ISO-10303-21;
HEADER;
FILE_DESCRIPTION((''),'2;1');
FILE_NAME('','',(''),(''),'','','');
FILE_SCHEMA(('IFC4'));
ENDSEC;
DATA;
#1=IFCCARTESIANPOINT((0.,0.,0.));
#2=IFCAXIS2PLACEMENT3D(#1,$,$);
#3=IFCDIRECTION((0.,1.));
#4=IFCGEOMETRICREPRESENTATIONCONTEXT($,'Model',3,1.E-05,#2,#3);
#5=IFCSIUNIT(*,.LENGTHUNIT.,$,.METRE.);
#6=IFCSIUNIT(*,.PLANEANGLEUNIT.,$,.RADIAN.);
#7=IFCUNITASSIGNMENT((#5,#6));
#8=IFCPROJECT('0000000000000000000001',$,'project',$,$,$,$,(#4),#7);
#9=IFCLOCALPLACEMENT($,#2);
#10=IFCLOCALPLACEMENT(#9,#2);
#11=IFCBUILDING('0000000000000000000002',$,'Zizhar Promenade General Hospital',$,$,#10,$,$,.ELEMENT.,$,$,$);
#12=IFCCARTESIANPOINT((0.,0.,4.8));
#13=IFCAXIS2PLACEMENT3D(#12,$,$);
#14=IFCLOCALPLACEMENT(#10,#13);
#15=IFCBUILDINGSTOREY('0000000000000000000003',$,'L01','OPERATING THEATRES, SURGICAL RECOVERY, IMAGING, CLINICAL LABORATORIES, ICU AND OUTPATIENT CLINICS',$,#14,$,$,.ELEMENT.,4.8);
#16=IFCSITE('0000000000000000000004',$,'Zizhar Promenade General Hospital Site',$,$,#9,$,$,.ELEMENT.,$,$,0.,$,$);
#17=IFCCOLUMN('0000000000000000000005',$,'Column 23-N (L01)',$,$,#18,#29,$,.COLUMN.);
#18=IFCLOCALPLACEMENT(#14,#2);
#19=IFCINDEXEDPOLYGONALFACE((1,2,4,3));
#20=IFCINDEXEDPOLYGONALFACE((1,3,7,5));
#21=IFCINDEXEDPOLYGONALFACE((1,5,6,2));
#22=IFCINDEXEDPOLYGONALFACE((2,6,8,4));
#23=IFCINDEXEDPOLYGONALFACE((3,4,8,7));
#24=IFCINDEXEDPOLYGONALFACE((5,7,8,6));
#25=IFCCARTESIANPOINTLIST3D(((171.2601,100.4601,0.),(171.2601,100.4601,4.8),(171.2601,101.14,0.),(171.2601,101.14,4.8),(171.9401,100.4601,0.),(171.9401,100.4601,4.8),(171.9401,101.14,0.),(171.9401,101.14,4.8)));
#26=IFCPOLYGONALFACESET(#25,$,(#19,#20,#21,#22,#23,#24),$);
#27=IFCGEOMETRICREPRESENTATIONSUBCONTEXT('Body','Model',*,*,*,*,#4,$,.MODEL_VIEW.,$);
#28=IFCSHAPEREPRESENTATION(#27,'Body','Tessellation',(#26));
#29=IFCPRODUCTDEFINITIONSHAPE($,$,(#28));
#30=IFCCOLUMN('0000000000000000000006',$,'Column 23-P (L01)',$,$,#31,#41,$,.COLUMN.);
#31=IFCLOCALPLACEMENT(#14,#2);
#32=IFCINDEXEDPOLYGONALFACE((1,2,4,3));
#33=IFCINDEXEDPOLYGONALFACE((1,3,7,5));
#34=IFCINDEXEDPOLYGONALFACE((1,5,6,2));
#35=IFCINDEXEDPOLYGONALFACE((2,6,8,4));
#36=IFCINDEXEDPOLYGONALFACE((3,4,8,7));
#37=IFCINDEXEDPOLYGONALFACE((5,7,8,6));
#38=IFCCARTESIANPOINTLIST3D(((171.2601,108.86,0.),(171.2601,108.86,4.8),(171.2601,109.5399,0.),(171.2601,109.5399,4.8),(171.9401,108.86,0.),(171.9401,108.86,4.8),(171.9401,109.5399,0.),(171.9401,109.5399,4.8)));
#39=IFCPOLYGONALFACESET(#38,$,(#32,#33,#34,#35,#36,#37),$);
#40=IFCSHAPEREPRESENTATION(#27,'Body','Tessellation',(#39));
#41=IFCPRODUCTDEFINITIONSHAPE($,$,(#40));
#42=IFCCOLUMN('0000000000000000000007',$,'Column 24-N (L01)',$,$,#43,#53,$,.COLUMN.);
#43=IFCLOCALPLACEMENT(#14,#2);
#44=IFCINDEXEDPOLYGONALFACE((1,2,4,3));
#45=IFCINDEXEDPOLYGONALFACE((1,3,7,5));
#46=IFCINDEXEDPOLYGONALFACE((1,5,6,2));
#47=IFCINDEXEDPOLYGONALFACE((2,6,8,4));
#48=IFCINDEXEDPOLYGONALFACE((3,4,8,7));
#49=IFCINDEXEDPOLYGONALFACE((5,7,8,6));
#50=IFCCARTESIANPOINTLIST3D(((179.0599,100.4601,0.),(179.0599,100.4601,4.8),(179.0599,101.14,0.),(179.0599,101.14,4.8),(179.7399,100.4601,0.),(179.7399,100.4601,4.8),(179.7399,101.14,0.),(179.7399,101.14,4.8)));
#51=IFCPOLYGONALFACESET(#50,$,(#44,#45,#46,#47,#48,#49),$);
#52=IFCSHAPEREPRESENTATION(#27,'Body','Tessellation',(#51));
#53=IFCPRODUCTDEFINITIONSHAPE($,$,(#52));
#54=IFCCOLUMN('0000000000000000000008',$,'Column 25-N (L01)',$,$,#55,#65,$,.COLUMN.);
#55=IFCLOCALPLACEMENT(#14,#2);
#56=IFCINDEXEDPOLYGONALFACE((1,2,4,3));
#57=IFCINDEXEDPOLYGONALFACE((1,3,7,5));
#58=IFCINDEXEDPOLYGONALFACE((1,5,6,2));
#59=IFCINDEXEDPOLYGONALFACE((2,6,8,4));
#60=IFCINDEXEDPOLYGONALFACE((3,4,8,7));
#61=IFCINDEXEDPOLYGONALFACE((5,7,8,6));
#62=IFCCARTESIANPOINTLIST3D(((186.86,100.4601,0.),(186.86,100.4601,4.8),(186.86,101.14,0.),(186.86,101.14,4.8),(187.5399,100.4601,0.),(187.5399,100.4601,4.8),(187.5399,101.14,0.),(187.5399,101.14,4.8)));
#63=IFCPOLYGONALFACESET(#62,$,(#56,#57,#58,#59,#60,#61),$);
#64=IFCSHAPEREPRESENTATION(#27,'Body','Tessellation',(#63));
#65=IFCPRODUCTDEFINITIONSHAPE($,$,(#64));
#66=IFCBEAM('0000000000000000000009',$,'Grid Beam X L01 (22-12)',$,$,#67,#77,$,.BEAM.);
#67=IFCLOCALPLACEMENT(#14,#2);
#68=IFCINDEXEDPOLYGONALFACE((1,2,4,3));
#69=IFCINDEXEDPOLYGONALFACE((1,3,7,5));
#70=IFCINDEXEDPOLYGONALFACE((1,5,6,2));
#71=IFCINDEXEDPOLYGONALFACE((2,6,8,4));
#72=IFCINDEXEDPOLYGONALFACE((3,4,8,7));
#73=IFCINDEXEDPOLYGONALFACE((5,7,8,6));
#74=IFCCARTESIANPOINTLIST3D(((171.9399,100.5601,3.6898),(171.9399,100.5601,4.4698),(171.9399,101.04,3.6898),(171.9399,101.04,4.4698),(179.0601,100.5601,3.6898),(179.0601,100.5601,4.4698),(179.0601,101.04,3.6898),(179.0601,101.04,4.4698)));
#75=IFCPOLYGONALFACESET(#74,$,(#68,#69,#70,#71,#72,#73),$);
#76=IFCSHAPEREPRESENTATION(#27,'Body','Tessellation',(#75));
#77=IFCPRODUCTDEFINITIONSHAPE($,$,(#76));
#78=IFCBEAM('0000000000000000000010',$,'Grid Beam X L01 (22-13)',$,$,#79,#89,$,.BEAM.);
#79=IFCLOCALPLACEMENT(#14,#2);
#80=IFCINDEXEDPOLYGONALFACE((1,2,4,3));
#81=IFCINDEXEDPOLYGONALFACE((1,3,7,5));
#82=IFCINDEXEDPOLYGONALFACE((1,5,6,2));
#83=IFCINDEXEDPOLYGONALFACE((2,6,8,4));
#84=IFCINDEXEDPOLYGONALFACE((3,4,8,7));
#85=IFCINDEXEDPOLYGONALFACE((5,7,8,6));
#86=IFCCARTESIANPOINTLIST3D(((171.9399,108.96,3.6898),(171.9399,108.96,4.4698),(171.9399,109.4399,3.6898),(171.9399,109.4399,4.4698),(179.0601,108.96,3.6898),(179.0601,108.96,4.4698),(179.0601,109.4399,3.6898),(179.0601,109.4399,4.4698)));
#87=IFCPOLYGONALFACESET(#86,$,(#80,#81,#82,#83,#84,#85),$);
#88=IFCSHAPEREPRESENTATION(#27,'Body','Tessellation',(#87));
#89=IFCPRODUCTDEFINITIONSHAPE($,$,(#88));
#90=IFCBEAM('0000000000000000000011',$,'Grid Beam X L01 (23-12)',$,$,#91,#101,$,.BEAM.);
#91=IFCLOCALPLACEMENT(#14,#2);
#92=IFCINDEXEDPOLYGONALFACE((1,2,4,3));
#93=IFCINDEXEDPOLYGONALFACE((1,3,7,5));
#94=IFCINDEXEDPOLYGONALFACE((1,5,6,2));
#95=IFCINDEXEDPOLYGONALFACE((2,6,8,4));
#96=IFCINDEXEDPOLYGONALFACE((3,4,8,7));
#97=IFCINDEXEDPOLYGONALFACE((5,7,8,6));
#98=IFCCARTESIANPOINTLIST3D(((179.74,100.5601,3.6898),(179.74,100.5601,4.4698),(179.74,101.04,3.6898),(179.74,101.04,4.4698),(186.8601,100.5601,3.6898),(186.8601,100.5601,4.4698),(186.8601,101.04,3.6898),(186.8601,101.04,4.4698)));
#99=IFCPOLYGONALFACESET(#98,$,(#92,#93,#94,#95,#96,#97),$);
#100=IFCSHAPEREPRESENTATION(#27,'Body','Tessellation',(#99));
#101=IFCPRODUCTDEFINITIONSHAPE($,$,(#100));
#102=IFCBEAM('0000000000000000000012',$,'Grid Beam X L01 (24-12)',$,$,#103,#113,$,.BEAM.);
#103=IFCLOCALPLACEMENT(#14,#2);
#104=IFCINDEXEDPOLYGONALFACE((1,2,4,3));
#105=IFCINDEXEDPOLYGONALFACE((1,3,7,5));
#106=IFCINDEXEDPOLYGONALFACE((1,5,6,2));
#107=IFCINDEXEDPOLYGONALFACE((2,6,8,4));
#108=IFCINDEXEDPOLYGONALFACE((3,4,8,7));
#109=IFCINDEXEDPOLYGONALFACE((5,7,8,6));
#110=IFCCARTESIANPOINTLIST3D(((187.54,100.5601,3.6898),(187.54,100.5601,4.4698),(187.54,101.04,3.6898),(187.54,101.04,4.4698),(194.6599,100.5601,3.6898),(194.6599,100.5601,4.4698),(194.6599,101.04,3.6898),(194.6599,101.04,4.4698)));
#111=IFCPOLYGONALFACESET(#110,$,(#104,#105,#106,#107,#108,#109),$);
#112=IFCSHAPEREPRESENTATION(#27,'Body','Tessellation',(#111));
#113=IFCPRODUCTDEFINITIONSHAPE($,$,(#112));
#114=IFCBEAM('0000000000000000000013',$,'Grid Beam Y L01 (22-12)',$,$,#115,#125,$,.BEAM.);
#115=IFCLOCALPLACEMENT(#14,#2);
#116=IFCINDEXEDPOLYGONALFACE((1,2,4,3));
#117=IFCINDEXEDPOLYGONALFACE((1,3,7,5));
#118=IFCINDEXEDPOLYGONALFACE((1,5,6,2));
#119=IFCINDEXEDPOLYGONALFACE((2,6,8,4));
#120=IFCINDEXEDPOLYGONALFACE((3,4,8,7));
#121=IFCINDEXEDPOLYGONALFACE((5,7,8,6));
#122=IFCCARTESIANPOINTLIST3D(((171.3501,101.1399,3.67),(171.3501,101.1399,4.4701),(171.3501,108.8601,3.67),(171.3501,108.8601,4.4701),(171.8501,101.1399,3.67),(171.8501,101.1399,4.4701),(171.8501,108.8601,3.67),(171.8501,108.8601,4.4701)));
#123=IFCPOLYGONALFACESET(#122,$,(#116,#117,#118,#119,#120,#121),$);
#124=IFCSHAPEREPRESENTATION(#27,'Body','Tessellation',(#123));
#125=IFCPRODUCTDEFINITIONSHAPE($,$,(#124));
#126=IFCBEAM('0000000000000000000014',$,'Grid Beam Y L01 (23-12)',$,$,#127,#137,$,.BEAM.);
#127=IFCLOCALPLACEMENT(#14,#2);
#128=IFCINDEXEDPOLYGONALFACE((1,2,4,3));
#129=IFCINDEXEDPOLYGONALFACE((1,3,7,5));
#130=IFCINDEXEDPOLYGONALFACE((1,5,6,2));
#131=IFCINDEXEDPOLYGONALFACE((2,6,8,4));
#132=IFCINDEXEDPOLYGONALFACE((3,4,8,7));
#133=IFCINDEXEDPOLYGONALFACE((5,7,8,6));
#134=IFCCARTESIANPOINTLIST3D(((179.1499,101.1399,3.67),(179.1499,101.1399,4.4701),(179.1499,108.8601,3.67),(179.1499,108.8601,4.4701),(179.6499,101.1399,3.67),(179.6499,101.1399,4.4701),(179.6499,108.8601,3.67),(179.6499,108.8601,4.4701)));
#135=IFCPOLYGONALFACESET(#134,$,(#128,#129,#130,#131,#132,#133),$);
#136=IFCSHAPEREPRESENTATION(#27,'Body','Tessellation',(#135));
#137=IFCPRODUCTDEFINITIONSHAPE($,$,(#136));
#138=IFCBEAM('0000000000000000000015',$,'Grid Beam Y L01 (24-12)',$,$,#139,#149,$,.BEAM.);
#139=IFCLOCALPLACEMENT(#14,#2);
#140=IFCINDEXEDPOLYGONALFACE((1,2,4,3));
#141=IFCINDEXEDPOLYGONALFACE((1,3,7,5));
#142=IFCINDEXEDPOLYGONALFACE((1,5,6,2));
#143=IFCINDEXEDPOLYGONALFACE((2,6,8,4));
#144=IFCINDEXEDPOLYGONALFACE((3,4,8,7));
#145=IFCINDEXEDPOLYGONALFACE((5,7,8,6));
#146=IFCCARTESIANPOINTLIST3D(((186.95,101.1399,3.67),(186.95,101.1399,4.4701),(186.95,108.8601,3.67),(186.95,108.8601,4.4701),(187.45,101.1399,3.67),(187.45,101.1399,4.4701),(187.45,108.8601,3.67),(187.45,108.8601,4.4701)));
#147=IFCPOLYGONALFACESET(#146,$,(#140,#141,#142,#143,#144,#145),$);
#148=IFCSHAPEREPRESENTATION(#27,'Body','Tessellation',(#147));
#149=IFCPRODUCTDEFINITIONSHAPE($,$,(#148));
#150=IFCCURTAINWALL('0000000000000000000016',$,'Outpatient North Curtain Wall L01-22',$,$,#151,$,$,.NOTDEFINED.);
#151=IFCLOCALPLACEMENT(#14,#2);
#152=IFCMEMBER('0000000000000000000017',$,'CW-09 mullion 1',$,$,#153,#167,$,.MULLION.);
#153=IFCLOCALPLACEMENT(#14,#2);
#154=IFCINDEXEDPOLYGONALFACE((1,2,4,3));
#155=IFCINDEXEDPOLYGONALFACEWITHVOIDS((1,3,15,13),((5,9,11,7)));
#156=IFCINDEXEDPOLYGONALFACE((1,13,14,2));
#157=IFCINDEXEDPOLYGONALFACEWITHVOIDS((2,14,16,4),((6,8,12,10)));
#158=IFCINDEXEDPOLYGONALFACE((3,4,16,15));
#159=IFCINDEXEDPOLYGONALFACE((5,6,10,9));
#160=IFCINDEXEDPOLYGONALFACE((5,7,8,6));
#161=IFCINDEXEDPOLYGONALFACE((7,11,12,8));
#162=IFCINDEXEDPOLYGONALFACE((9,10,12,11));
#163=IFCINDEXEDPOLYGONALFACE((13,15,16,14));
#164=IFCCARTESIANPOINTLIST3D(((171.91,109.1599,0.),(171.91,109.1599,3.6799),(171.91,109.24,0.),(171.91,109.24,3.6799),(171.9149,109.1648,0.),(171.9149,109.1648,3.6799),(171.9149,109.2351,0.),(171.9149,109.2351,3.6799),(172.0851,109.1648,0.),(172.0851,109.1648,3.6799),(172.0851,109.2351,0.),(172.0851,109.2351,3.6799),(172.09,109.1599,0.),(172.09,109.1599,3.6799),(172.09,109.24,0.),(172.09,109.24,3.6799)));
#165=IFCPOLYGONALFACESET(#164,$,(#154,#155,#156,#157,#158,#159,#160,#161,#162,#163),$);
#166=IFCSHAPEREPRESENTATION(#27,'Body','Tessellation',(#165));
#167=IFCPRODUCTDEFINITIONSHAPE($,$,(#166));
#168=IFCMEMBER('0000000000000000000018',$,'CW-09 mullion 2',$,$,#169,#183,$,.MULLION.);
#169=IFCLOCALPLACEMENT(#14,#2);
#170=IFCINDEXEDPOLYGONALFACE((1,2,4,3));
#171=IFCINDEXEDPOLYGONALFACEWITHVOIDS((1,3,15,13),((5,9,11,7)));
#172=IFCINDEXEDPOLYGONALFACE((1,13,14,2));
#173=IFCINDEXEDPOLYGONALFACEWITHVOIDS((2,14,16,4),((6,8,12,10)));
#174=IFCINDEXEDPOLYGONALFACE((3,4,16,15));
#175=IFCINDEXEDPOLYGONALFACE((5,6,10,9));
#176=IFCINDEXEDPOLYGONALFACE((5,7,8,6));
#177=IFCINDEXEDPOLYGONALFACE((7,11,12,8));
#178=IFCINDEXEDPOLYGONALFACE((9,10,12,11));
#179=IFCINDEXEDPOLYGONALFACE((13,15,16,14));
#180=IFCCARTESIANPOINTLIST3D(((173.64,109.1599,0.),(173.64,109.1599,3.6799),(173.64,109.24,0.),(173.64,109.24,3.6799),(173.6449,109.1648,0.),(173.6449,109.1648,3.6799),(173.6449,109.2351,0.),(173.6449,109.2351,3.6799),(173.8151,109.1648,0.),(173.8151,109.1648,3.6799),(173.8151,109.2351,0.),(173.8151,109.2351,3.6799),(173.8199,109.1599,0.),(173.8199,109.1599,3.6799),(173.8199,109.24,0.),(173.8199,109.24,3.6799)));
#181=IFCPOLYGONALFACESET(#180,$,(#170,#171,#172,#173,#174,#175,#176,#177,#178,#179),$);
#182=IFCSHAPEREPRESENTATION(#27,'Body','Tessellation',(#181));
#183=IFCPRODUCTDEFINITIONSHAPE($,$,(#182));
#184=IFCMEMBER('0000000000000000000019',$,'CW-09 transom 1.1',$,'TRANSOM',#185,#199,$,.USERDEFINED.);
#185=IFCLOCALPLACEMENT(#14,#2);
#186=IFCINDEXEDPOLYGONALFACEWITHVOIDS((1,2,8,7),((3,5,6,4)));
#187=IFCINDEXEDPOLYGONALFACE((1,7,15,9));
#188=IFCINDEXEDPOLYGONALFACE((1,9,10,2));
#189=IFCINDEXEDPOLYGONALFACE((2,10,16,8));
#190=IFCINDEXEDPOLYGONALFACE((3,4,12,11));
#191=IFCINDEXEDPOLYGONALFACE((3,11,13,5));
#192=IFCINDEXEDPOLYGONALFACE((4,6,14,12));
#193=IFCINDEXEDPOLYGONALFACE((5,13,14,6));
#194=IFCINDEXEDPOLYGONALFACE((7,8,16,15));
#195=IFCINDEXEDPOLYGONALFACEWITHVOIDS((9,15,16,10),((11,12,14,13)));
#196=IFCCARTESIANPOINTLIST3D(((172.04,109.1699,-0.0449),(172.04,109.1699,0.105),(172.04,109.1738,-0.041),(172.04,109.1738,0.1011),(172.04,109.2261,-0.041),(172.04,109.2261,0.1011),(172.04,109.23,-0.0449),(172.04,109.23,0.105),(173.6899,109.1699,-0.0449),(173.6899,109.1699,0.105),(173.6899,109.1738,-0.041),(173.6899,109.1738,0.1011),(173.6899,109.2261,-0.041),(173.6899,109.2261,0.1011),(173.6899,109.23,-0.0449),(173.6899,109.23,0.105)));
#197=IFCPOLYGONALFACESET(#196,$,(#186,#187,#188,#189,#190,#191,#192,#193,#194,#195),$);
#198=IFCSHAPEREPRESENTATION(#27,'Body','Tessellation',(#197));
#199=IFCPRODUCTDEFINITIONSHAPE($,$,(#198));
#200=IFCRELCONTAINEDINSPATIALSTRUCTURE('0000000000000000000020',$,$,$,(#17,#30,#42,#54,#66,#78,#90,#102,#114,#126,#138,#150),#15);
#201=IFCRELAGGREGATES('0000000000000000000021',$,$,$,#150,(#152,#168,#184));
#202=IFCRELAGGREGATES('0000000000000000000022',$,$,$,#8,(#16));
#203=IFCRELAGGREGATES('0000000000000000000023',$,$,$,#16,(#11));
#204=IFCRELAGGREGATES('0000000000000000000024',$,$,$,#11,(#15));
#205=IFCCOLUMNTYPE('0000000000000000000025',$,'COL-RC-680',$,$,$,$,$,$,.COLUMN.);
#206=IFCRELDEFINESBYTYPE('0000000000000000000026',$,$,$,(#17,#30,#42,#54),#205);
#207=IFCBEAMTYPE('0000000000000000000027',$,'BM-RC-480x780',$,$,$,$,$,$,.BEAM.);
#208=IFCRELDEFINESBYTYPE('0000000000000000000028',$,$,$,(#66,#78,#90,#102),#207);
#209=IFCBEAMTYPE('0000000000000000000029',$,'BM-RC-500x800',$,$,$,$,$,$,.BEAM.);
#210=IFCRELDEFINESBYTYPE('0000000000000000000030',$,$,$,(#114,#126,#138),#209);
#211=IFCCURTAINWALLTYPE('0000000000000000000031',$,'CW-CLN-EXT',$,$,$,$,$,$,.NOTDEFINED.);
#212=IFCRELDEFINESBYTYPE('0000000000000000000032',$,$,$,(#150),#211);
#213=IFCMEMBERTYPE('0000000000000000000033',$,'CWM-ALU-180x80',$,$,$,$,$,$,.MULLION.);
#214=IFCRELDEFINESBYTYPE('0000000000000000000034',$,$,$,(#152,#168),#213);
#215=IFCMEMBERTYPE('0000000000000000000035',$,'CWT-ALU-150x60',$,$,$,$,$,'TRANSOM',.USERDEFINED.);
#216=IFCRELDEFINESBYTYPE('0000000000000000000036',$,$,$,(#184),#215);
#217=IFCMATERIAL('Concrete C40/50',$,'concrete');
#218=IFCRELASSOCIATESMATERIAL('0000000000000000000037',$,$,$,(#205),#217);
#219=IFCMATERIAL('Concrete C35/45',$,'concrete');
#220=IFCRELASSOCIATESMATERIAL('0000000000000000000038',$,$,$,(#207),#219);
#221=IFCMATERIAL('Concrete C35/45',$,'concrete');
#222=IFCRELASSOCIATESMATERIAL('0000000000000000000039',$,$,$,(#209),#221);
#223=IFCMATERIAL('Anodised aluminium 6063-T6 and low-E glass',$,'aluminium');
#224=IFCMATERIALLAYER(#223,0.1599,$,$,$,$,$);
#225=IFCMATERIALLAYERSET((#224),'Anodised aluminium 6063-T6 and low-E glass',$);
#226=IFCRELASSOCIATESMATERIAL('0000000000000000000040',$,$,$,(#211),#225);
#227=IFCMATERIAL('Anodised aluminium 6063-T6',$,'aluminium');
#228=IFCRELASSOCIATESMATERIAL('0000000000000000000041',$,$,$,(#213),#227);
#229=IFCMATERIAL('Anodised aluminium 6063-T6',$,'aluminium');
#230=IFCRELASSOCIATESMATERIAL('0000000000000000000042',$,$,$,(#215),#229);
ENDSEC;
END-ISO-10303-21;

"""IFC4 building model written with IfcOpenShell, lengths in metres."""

from ifc_helpers import new_model, si_unit, direction, frame, origin, origin_2d, place, context, subcontext, project, spatial, rectangle, hollow_rectangle, extrude, material, layer, layer_set, material_profile, profile_set, type_object, element, aggregate, save


model = new_model("IFC4")

# Units and contexts
model_context = context("Model", 3, precision=1e-05, world=origin(), true_north=direction((0.0, 1.0)))
body_context = subcontext(model_context, "Body", "Model", "MODEL_VIEW")
ifc_project = project(units=[si_unit("LENGTHUNIT", "METRE"), si_unit("PLANEANGLEUNIT", "RADIAN")], contexts=[model_context])

# Site, building, storey
site_placement = place(None, origin())
site = spatial("IfcSite", under=ifc_project, at=site_placement, Name="Zizhar Promenade General Hospital Site", CompositionType="ELEMENT", RefElevation=0.0)
building_placement = place(site_placement, origin())
building = spatial("IfcBuilding", under=site, at=building_placement, Name="Zizhar Promenade General Hospital", CompositionType="ELEMENT")
storey_placement = place(building_placement, frame((0.0, 0.0, 4.8)))
storey = spatial("IfcBuildingStorey", under=building, at=storey_placement, Name="L01", Description="OPERATING THEATRES, SURGICAL RECOVERY, IMAGING, CLINICAL LABORATORIES, ICU AND OUTPATIENT CLINICS", CompositionType="ELEMENT", Elevation=4.8)

# Columns
ifc_material_1 = material(Name="Concrete C40/50", Category="concrete")
ifc_material_profile_1 = material_profile(ifc_material_1, rectangle(XDim=0.6799, YDim=0.6799, at=origin_2d()))
ifc_profile_set_1 = profile_set([ifc_material_profile_1], Name="Concrete C40/50")
column_type = type_object("IfcColumnType", Name="COL-RC-680", PredefinedType="COLUMN", material=ifc_profile_set_1)
for number, where, z_axis, x_axis, name in (
    (1, (171.6001, 100.8, 0.0), (0.0, 0.0, 1.0), (1.0, 0.0, 0.0), "Column 23-N (L01)"),
    (2, (171.6001, 109.2, 0.0), (0.0, 0.0, 1.0), (1.0, 0.0, 0.0), "Column 23-P (L01)"),
    (3, (179.3999, 100.8, 0.0), (0.0, 0.0, 1.0), (1.0, 0.0, 0.0), "Column 24-N (L01)"),
    (4, (187.2, 100.8, 0.0), (0.0, 0.0, 1.0), (1.0, 0.0, 0.0), "Column 25-N (L01)"),
):
    element("IfcColumn", number, at=place(storey_placement, frame(where, z_axis=z_axis, x_axis=x_axis)), inside=storey, type_object=column_type, Name=name, PredefinedType="COLUMN", context=body_context, shape_type="SweptSolid", body=[
        extrude(rectangle(XDim=0.6799, YDim=0.6799, at=origin_2d()), origin(), (0.0, 0.0, 1.0), 4.8),
    ])

# Beams
ifc_material_2 = material(Name="Concrete C35/45", Category="concrete")
ifc_material_profile_2 = material_profile(ifc_material_2, rectangle(XDim=0.48, YDim=0.78, at=origin_2d()))
ifc_profile_set_2 = profile_set([ifc_material_profile_2], Name="Concrete C35/45")
beam_type_1 = type_object("IfcBeamType", Name="BM-RC-480x780", PredefinedType="BEAM", material=ifc_profile_set_2)
for number, where, z_axis, x_axis, name in (
    (5, (171.9399, 100.8, 4.0798), (1.0, 0.0, 0.0), (0.0, 1.0, 0.0), "Grid Beam X L01 (22-12)"),
    (6, (171.9399, 109.2, 4.0798), (1.0, 0.0, 0.0), (0.0, 1.0, 0.0), "Grid Beam X L01 (22-13)"),
    (7, (179.74, 100.8, 4.0798), (1.0, 0.0, 0.0), (0.0, 1.0, 0.0), "Grid Beam X L01 (23-12)"),
):
    element("IfcBeam", number, at=place(storey_placement, frame(where, z_axis=z_axis, x_axis=x_axis)), inside=storey, type_object=beam_type_1, Name=name, PredefinedType="BEAM", context=body_context, shape_type="SweptSolid", body=[
        extrude(rectangle(XDim=0.48, YDim=0.78, at=origin_2d()), origin(), (0.0, 0.0, 1.0), 7.1201),
    ])
beam_placement = place(storey_placement, frame((187.54, 100.8, 4.0798), z_axis=(1.0, 0.0, 0.0), x_axis=(0.0, 1.0, 0.0)))
element("IfcBeam", 8, at=beam_placement, inside=storey, type_object=beam_type_1, Name="Grid Beam X L01 (24-12)", PredefinedType="BEAM", context=body_context, shape_type="SweptSolid", body=[
    extrude(rectangle(XDim=0.48, YDim=0.78, at=origin_2d()), origin(), (0.0, 0.0, 1.0), 7.1199),
])
ifc_material_3 = material(Name="Concrete C35/45", Category="concrete")
ifc_material_profile_3 = material_profile(ifc_material_3, rectangle(XDim=0.5, YDim=0.8, at=origin_2d()))
ifc_profile_set_3 = profile_set([ifc_material_profile_3], Name="Concrete C35/45")
beam_type_2 = type_object("IfcBeamType", Name="BM-RC-500x800", PredefinedType="BEAM", material=ifc_profile_set_3)
for number, where, z_axis, x_axis, name in (
    (9, (171.6001, 101.1399, 4.0701), (0.0, 1.0, 0.0), (-1.0, 0.0, 0.0), "Grid Beam Y L01 (22-12)"),
    (10, (179.3999, 101.1399, 4.0701), (0.0, 1.0, 0.0), (-1.0, 0.0, 0.0), "Grid Beam Y L01 (23-12)"),
    (11, (187.2, 101.1399, 4.0701), (0.0, 1.0, 0.0), (-1.0, 0.0, 0.0), "Grid Beam Y L01 (24-12)"),
):
    element("IfcBeam", number, at=place(storey_placement, frame(where, z_axis=z_axis, x_axis=x_axis)), inside=storey, type_object=beam_type_2, Name=name, PredefinedType="BEAM", context=body_context, shape_type="SweptSolid", body=[
        extrude(rectangle(XDim=0.5, YDim=0.8, at=origin_2d()), origin(), (0.0, 0.0, 1.0), 7.7202),
    ])

# Curtain wall, members
ifc_material_4 = material(Name="Anodised aluminium 6063-T6 and low-E glass", Category="aluminium")
ifc_layer_1 = layer(ifc_material_4, 0.1599)
ifc_layer_set_1 = layer_set([ifc_layer_1], Name="Anodised aluminium 6063-T6 and low-E glass")
curtain_wall_type = type_object("IfcCurtainWallType", Name="CW-CLN-EXT", PredefinedType="NOTDEFINED", material=ifc_layer_set_1)
curtain_wall_placement = place(storey_placement, origin())
curtain_wall = element("IfcCurtainWall", 12, at=curtain_wall_placement, inside=storey, type_object=curtain_wall_type, Name="Outpatient North Curtain Wall L01-22", PredefinedType="NOTDEFINED")
ifc_material_5 = material(Name="Anodised aluminium 6063-T6", Category="aluminium")
ifc_material_profile_4 = material_profile(ifc_material_5, hollow_rectangle(XDim=0.0801, YDim=0.1799, WallThickness=0.0049, at=origin_2d()))
ifc_profile_set_4 = profile_set([ifc_material_profile_4], Name="Anodised aluminium 6063-T6")
member_type_1 = type_object("IfcMemberType", Name="CWM-ALU-180x80", PredefinedType="MULLION", material=ifc_profile_set_4)
member_1_placement = place(storey_placement, frame((172.0, 109.2, 0.0), z_axis=(0.0, 0.0, 1.0), x_axis=(0.0, 1.0, 0.0)))
member_1 = element("IfcMember", 13, at=member_1_placement, type_object=member_type_1, Name="CW-09 mullion 1", PredefinedType="MULLION", context=body_context, shape_type="SweptSolid", body=[
    extrude(hollow_rectangle(XDim=0.0801, YDim=0.1799, WallThickness=0.0049, at=origin_2d()), origin(), (0.0, 0.0, 1.0), 3.6799),
])
member_2_placement = place(storey_placement, frame((173.73, 109.2, 0.0), z_axis=(0.0, 0.0, 1.0), x_axis=(0.0, 1.0, 0.0)))
member_2 = element("IfcMember", 14, at=member_2_placement, type_object=member_type_1, Name="CW-09 mullion 2", PredefinedType="MULLION", context=body_context, shape_type="SweptSolid", body=[
    extrude(hollow_rectangle(XDim=0.0801, YDim=0.1799, WallThickness=0.0049, at=origin_2d()), origin(), (0.0, 0.0, 1.0), 3.6799),
])
ifc_material_6 = material(Name="Anodised aluminium 6063-T6", Category="aluminium")
ifc_material_profile_5 = material_profile(ifc_material_6, hollow_rectangle(XDim=0.0601, YDim=0.1499, WallThickness=0.0039, at=origin_2d()))
ifc_profile_set_5 = profile_set([ifc_material_profile_5], Name="Anodised aluminium 6063-T6")
member_type_2 = type_object("IfcMemberType", Name="CWT-ALU-150x60", ElementType="TRANSOM", PredefinedType="USERDEFINED", material=ifc_profile_set_5)
member_3_placement = place(storey_placement, frame((172.04, 109.2, 0.03), z_axis=(1.0, 0.0, 0.0), x_axis=(0.0, 1.0, 0.0)))
member_3 = element("IfcMember", 15, at=member_3_placement, type_object=member_type_2, Name="CW-09 transom 1.1", ObjectType="TRANSOM", PredefinedType="USERDEFINED", context=body_context, shape_type="SweptSolid", body=[
    extrude(hollow_rectangle(XDim=0.0601, YDim=0.1499, WallThickness=0.0039, at=origin_2d()), origin(), (0.0, 0.0, 1.0), 1.6499),
])
aggregate(curtain_wall, [member_1, member_2, member_3])

save(model, "model.ifc")
